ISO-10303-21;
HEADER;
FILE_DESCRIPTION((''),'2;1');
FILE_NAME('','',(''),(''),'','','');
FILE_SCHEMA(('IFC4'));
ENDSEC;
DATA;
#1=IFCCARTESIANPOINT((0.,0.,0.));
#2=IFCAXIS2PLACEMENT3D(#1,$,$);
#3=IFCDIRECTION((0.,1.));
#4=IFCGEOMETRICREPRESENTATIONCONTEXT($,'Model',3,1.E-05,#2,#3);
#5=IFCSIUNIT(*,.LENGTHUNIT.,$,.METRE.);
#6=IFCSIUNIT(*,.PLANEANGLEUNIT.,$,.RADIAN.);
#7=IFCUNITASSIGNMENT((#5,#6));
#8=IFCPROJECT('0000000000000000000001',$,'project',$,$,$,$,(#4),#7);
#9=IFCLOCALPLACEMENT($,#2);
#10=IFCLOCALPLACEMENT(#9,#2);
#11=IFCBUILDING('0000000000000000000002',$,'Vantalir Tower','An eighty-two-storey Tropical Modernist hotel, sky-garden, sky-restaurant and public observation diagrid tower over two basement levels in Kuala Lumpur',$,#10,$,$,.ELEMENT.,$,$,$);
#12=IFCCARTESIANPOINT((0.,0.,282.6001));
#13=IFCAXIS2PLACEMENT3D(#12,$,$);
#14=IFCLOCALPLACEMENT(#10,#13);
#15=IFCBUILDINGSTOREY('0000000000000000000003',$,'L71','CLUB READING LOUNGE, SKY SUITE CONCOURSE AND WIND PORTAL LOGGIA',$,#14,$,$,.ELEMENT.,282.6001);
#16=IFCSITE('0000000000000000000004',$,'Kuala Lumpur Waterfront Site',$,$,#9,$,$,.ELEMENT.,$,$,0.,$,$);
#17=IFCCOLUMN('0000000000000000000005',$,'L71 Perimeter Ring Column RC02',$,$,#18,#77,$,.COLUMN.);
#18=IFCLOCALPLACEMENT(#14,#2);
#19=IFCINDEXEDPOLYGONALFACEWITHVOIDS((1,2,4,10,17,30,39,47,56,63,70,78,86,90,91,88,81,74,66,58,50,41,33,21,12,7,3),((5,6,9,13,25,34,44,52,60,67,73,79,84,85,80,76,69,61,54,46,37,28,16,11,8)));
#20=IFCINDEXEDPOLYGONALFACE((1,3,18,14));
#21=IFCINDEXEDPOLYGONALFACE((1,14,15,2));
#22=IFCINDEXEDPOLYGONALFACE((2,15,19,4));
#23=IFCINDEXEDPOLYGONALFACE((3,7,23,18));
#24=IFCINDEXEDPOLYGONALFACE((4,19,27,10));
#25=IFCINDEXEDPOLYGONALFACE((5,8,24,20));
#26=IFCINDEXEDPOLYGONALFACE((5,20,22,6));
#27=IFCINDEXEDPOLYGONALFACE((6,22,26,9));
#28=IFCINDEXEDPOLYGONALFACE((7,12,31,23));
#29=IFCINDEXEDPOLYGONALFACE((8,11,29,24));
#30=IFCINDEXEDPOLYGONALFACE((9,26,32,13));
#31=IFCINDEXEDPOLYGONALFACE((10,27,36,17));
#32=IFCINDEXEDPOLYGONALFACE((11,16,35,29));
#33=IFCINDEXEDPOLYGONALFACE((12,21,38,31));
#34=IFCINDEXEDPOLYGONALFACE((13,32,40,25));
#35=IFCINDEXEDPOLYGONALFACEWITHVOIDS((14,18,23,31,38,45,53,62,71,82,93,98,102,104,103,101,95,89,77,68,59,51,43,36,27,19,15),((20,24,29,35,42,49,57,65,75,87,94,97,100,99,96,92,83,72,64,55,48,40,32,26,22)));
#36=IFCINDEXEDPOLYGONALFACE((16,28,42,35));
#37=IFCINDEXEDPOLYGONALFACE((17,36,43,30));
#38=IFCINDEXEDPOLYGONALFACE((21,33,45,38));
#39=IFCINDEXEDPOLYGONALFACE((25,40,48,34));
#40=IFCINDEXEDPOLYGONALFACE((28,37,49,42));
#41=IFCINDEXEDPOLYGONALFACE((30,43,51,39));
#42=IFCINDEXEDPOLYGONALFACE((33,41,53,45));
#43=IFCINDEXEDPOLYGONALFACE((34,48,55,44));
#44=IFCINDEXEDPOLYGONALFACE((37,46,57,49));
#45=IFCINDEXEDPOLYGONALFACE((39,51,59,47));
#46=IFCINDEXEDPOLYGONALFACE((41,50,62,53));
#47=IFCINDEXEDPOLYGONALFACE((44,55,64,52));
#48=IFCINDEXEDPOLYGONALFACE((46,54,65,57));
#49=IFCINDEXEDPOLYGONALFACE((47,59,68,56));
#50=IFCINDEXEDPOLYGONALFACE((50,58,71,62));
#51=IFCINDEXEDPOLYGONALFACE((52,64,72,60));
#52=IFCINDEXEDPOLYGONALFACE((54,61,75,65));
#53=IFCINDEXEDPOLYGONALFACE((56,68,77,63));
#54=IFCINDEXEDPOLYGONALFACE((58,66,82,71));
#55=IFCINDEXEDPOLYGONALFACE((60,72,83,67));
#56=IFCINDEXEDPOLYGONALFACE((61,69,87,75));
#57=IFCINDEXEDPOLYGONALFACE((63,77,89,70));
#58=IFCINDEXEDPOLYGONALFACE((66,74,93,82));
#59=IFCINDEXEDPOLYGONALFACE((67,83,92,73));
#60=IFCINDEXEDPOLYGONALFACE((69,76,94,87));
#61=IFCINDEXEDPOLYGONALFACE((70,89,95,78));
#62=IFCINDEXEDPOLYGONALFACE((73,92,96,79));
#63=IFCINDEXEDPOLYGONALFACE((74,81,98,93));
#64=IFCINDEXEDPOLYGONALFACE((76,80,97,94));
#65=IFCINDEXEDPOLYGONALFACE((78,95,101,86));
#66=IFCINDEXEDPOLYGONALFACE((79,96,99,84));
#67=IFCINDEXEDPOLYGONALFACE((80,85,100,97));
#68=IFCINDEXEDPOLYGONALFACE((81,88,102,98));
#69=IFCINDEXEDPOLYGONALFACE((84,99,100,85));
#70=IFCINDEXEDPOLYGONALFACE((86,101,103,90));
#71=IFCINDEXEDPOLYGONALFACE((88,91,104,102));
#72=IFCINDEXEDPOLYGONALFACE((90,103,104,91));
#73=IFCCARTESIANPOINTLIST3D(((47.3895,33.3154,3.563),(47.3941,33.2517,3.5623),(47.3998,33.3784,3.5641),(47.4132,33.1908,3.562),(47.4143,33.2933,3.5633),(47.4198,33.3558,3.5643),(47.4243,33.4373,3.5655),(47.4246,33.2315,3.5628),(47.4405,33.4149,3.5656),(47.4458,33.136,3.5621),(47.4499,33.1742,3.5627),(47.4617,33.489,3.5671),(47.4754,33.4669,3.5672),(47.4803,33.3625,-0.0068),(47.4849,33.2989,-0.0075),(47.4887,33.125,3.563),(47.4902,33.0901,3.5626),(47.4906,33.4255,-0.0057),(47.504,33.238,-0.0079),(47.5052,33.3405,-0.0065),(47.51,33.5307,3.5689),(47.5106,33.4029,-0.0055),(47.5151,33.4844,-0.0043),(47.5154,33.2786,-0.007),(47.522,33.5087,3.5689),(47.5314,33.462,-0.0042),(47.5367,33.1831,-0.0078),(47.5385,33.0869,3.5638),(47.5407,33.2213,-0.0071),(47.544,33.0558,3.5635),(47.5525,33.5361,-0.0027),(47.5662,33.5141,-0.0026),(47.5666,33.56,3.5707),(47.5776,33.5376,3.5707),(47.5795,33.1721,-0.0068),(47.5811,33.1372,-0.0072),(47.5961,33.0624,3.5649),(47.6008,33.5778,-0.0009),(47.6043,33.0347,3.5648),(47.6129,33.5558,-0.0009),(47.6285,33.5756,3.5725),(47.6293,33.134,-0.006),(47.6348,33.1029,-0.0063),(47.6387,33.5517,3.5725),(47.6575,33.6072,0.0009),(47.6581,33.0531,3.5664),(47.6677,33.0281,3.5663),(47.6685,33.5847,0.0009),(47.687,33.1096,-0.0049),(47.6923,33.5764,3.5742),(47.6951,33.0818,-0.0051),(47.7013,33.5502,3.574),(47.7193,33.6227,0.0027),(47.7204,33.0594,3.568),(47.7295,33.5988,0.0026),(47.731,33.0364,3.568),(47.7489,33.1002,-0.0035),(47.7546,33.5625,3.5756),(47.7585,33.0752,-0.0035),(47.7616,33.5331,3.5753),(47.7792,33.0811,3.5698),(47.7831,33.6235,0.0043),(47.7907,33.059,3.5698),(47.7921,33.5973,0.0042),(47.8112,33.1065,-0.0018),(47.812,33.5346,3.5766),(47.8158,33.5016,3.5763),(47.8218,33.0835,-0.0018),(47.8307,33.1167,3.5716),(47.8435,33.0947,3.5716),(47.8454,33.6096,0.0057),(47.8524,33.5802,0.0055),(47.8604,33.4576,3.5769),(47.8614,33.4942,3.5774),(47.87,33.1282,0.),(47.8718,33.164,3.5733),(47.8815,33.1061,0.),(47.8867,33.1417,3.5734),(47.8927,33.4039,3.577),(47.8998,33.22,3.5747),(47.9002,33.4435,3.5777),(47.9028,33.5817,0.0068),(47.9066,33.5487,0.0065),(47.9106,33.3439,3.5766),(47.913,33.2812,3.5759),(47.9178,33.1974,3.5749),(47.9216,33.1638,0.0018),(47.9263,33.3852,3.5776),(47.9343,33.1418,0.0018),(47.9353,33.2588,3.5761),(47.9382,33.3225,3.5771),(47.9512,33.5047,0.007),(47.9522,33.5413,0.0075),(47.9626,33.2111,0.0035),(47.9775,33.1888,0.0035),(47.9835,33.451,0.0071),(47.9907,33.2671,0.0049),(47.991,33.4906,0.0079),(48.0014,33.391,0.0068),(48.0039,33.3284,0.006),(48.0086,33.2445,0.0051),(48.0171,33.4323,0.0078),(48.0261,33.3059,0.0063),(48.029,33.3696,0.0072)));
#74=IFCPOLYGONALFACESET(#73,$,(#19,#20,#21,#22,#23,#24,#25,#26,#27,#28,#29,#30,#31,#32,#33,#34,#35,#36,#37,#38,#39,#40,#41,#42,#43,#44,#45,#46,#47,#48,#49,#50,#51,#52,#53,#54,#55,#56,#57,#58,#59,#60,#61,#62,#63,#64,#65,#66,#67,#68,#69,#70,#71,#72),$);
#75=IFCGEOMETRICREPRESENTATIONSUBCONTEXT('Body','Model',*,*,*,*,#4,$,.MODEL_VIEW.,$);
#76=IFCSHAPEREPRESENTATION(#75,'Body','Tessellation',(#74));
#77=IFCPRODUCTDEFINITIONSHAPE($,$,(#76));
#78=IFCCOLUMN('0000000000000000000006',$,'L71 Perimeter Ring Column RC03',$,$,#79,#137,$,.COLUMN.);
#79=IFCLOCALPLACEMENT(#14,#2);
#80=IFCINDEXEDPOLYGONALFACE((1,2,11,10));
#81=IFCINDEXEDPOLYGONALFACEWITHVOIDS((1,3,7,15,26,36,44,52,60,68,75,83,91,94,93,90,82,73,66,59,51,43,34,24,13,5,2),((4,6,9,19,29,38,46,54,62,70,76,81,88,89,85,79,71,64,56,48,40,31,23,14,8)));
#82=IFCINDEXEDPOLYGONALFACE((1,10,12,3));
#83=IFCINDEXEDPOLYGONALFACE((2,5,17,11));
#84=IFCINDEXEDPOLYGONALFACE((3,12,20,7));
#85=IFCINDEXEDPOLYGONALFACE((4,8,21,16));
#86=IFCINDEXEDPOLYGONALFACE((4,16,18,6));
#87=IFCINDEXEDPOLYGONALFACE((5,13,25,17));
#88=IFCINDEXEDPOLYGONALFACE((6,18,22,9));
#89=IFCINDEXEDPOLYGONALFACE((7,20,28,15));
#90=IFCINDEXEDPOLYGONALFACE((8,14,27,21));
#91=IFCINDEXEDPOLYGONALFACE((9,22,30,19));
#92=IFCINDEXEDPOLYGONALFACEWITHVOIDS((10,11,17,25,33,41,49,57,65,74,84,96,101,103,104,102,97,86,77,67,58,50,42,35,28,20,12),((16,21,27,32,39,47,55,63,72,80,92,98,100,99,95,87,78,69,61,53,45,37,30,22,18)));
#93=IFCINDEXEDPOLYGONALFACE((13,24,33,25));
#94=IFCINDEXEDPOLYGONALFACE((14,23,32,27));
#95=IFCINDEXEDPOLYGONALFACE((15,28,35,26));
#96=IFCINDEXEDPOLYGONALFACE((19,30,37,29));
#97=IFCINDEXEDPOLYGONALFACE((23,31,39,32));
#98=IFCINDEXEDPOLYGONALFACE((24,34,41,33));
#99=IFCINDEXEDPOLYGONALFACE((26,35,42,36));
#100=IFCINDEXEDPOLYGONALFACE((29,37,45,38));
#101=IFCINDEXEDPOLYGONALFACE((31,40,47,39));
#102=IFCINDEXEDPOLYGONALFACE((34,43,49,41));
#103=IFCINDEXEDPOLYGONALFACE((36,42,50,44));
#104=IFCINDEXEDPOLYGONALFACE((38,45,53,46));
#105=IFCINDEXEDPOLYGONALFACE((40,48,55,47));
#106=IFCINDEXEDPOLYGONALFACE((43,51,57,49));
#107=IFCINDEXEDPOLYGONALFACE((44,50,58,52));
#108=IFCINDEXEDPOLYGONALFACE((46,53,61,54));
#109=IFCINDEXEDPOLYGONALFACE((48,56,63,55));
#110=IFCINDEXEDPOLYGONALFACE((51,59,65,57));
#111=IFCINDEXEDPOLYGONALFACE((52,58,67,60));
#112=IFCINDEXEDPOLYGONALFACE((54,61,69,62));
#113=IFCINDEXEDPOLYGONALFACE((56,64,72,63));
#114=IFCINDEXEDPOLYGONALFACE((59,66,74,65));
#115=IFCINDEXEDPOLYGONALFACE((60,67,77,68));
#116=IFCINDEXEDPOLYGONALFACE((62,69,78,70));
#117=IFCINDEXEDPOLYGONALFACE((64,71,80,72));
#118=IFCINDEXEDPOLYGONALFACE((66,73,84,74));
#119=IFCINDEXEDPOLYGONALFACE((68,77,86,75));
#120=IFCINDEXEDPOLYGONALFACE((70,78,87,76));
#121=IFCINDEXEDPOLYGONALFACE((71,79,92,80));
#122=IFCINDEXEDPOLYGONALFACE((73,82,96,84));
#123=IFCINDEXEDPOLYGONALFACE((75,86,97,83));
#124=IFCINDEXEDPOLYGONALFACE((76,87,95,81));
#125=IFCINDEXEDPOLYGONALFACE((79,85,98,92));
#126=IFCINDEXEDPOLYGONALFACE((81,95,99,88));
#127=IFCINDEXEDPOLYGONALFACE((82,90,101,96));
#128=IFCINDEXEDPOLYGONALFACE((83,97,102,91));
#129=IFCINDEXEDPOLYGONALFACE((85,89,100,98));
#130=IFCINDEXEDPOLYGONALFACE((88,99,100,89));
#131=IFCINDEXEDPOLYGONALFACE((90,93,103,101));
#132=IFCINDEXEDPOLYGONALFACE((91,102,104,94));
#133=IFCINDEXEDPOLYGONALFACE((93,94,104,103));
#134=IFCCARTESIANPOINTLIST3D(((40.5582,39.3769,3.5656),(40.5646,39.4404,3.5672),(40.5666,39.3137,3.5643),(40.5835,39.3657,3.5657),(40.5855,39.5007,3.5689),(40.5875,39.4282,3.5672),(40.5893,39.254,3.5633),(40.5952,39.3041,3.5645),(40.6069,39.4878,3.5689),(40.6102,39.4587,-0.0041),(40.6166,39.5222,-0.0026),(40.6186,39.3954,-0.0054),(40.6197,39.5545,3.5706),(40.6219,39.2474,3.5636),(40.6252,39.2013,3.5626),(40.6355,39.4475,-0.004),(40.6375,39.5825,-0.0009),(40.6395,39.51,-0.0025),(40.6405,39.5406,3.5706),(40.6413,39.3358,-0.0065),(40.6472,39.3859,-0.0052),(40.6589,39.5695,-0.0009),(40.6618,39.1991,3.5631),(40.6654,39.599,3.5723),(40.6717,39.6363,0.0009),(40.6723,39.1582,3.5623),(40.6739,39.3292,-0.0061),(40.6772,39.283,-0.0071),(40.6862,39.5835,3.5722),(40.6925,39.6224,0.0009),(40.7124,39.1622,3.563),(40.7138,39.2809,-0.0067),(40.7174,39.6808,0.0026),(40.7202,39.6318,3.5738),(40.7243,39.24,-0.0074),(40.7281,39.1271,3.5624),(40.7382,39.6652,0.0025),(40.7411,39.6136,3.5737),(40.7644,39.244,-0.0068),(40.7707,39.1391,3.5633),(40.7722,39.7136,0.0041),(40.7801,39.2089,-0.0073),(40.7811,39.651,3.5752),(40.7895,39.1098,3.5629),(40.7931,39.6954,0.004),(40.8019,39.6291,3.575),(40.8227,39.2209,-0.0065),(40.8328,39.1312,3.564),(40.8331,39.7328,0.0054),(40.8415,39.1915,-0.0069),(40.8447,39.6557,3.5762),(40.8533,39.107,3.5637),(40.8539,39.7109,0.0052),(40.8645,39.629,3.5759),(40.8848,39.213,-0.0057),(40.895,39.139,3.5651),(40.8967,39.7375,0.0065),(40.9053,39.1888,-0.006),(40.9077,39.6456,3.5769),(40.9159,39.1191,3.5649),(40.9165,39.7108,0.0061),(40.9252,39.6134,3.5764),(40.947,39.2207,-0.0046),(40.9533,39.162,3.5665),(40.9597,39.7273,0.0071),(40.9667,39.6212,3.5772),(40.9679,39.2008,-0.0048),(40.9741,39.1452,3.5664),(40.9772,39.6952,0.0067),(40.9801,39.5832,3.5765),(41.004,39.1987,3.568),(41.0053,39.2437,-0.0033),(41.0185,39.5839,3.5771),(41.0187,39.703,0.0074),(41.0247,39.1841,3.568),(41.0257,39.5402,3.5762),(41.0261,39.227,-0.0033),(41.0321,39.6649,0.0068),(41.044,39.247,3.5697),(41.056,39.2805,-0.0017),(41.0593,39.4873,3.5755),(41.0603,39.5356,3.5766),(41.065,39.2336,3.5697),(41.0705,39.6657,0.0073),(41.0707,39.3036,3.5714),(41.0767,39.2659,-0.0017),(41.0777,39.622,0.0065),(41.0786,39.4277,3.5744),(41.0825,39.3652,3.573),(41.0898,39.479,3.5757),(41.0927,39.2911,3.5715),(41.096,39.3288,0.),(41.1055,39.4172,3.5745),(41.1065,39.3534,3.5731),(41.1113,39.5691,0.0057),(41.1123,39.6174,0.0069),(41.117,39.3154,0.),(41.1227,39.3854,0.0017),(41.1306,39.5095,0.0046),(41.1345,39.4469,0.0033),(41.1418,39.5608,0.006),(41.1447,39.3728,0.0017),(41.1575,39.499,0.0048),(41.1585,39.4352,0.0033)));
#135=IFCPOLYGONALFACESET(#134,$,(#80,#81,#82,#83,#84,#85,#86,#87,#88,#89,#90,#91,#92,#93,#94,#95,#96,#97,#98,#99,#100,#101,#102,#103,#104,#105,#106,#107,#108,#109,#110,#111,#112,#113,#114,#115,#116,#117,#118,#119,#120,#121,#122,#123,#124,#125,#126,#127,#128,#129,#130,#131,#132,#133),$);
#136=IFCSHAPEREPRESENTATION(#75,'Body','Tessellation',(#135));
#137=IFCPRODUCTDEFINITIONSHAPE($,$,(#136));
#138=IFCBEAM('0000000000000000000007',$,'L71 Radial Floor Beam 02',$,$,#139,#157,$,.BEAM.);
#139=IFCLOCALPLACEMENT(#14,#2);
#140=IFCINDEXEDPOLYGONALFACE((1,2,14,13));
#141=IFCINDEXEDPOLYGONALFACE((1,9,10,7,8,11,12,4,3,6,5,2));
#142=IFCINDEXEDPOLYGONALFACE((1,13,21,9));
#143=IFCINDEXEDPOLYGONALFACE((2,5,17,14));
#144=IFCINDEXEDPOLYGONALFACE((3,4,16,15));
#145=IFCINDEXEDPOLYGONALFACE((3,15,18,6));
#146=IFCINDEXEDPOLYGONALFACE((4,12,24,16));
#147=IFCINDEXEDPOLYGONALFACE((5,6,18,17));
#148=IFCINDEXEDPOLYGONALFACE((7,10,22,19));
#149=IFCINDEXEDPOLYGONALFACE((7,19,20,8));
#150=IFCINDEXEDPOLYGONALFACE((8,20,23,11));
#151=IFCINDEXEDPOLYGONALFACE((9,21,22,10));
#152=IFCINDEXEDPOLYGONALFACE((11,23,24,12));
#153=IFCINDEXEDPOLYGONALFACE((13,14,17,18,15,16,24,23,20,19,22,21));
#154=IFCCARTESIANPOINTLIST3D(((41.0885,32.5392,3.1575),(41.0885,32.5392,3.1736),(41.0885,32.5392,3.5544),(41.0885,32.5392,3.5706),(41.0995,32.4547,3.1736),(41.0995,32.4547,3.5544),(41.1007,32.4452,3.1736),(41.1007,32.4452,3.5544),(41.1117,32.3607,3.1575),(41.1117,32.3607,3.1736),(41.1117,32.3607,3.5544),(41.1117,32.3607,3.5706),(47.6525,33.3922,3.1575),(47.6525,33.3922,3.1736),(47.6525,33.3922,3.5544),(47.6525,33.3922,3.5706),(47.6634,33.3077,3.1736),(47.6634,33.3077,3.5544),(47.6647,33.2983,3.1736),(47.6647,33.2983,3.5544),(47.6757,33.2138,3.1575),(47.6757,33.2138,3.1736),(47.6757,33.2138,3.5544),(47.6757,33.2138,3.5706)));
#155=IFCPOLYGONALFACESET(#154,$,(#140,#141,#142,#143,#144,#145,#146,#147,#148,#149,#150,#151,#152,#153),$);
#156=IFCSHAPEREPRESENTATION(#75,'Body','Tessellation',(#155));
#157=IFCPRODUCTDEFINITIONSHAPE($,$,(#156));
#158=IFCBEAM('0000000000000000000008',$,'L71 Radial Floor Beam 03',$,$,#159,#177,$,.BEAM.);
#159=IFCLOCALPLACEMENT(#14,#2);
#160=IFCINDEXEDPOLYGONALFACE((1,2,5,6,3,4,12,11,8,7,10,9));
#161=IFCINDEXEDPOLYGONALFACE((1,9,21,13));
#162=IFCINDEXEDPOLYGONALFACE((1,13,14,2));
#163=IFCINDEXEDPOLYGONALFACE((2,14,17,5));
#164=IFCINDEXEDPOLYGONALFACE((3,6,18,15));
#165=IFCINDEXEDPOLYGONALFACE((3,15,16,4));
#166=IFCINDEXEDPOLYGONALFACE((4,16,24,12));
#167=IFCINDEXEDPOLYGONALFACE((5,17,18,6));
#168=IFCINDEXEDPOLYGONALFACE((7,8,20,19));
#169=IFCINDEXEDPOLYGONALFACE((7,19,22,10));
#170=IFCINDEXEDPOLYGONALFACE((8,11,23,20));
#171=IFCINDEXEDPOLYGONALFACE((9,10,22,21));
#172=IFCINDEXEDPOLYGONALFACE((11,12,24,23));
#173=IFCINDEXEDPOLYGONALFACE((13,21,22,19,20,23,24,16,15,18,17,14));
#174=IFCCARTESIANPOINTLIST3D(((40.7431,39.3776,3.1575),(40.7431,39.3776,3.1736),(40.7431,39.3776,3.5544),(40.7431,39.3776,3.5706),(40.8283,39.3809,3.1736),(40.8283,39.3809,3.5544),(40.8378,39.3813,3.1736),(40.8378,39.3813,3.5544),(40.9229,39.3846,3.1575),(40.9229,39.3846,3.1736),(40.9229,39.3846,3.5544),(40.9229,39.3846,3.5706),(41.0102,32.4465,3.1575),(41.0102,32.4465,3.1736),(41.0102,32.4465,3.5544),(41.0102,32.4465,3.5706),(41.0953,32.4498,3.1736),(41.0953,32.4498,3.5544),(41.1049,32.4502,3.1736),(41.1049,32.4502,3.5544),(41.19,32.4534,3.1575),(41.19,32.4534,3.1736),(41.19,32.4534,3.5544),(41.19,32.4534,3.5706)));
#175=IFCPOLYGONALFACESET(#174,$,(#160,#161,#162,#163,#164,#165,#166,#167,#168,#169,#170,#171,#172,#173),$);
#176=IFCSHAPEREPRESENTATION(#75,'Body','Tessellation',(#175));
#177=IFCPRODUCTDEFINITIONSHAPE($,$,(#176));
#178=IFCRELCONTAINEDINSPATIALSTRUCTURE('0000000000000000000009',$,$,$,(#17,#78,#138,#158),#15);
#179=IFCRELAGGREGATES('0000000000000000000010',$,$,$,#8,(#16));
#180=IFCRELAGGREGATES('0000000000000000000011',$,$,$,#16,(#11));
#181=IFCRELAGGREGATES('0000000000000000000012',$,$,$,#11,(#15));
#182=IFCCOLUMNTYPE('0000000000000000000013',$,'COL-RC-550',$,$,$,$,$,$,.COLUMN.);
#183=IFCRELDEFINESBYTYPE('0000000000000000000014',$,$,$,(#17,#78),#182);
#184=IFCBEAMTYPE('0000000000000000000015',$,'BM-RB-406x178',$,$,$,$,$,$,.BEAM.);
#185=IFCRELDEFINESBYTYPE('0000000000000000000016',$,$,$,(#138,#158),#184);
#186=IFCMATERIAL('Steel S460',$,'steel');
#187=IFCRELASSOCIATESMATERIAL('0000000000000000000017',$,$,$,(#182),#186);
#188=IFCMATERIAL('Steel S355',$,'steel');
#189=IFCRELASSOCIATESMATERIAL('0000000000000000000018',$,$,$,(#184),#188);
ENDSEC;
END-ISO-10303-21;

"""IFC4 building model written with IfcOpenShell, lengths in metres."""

from ifc_helpers import new_model, si_unit, direction, frame, origin, origin_2d, place, context, subcontext, project, spatial, hollow_circle, i_section, extrude, material, material_profile, profile_set, type_object, element, save


model = new_model("IFC4")

# Units and contexts
model_context = context("Model", 3, precision=1e-05, world=origin(), true_north=direction((0.0, 1.0)))
body_context = subcontext(model_context, "Body", "Model", "MODEL_VIEW")
ifc_project = project(units=[si_unit("LENGTHUNIT", "METRE"), si_unit("PLANEANGLEUNIT", "RADIAN")], contexts=[model_context])

# Site, building, storey
site_placement = place(None, origin())
site = spatial("IfcSite", under=ifc_project, at=site_placement, Name="Kuala Lumpur Waterfront Site", CompositionType="ELEMENT", RefElevation=0.0)
building_placement = place(site_placement, origin())
building = spatial("IfcBuilding", under=site, at=building_placement, Name="Vantalir Tower", Description="An eighty-two-storey Tropical Modernist hotel, sky-garden, sky-restaurant and public observation diagrid tower over two basement levels in Kuala Lumpur", CompositionType="ELEMENT")
storey_placement = place(building_placement, frame((0.0, 0.0, 282.6001)))
storey = spatial("IfcBuildingStorey", under=building, at=storey_placement, Name="L71", Description="CLUB READING LOUNGE, SKY SUITE CONCOURSE AND WIND PORTAL LOGGIA", CompositionType="ELEMENT", Elevation=282.6001)

# Columns
ifc_material_1 = material(Name="Steel S460", Category="steel")
ifc_material_profile_1 = material_profile(ifc_material_1, hollow_circle(Radius=0.2749, WallThickness=0.0249, at=origin_2d()), Name="Steel S460")
ifc_profile_set_1 = profile_set([ifc_material_profile_1], Name="Steel S460")
column_type = type_object("IfcColumnType", Name="COL-RC-550", PredefinedType="COLUMN", material=ifc_profile_set_1)
column_1_placement = place(storey_placement, frame((47.7549, 33.3501, 0.0), z_axis=(-0.025431, -0.013194, 0.99959), x_axis=(0.460526, -0.887646, 0.0)))
element("IfcColumn", 1, at=column_1_placement, inside=storey, type_object=column_type, Name="L71 Perimeter Ring Column RC02", PredefinedType="COLUMN", context=body_context, shape_type="SweptSolid", body=[
    extrude(hollow_circle(Radius=0.2749, WallThickness=0.0249, at=origin_2d()), origin(), (0.0, 0.0, 1.0), 3.5713),
])
column_2_placement = place(storey_placement, frame((40.885, 39.4629, 0.0), z_axis=(-0.014562, -0.022902, 0.999632), x_axis=(0.843869, -0.536549, 0.0)))
element("IfcColumn", 2, at=column_2_placement, inside=storey, type_object=column_type, Name="L71 Perimeter Ring Column RC03", PredefinedType="COLUMN", context=body_context, shape_type="SweptSolid", body=[
    extrude(hollow_circle(Radius=0.2749, WallThickness=0.0249, at=origin_2d()), origin(), (0.0, 0.0, 1.0), 3.571),
])

# Beams
ifc_material_2 = material(Name="Steel S355", Category="steel")
ifc_material_profile_2 = material_profile(ifc_material_2, i_section(OverallWidth=0.1799, OverallDepth=0.4131, WebThickness=0.0095, FlangeThickness=0.0161, at=origin_2d()), Name="Steel S355")
ifc_profile_set_2 = profile_set([ifc_material_profile_2], Name="Steel S355")
beam_type_1 = type_object("IfcBeamType", Name="BM-RB-406x178", PredefinedType="BEAM", material=ifc_profile_set_2)
beam_1_placement = place(storey_placement, frame((47.6641, 33.303, 3.364), z_axis=(-0.991661, -0.128872, 0.0), x_axis=(0.128872, -0.991661, 0.0)))
element("IfcBeam", 3, at=beam_1_placement, inside=storey, type_object=beam_type_1, Name="L71 Radial Floor Beam 02", PredefinedType="BEAM", context=body_context, shape_type="SweptSolid", body=[
    extrude(i_section(OverallWidth=0.1799, OverallDepth=0.4131, WebThickness=0.0095, FlangeThickness=0.0161, at=origin_2d()), origin(), (0.0, 0.0, 1.0), 6.6191),
])
beam_2_placement = place(storey_placement, frame((40.833, 39.3811, 3.364), z_axis=(0.038506, -0.999258, 0.0), x_axis=(0.999258, 0.038506, 0.0)))
element("IfcBeam", 4, at=beam_2_placement, inside=storey, type_object=beam_type_1, Name="L71 Radial Floor Beam 03", PredefinedType="BEAM", context=body_context, shape_type="SweptSolid", body=[
    extrude(i_section(OverallWidth=0.1799, OverallDepth=0.4131, WebThickness=0.0095, FlangeThickness=0.0161, at=origin_2d()), origin(), (0.0, 0.0, 1.0), 6.9363),
])

save(model, "model.ifc")
